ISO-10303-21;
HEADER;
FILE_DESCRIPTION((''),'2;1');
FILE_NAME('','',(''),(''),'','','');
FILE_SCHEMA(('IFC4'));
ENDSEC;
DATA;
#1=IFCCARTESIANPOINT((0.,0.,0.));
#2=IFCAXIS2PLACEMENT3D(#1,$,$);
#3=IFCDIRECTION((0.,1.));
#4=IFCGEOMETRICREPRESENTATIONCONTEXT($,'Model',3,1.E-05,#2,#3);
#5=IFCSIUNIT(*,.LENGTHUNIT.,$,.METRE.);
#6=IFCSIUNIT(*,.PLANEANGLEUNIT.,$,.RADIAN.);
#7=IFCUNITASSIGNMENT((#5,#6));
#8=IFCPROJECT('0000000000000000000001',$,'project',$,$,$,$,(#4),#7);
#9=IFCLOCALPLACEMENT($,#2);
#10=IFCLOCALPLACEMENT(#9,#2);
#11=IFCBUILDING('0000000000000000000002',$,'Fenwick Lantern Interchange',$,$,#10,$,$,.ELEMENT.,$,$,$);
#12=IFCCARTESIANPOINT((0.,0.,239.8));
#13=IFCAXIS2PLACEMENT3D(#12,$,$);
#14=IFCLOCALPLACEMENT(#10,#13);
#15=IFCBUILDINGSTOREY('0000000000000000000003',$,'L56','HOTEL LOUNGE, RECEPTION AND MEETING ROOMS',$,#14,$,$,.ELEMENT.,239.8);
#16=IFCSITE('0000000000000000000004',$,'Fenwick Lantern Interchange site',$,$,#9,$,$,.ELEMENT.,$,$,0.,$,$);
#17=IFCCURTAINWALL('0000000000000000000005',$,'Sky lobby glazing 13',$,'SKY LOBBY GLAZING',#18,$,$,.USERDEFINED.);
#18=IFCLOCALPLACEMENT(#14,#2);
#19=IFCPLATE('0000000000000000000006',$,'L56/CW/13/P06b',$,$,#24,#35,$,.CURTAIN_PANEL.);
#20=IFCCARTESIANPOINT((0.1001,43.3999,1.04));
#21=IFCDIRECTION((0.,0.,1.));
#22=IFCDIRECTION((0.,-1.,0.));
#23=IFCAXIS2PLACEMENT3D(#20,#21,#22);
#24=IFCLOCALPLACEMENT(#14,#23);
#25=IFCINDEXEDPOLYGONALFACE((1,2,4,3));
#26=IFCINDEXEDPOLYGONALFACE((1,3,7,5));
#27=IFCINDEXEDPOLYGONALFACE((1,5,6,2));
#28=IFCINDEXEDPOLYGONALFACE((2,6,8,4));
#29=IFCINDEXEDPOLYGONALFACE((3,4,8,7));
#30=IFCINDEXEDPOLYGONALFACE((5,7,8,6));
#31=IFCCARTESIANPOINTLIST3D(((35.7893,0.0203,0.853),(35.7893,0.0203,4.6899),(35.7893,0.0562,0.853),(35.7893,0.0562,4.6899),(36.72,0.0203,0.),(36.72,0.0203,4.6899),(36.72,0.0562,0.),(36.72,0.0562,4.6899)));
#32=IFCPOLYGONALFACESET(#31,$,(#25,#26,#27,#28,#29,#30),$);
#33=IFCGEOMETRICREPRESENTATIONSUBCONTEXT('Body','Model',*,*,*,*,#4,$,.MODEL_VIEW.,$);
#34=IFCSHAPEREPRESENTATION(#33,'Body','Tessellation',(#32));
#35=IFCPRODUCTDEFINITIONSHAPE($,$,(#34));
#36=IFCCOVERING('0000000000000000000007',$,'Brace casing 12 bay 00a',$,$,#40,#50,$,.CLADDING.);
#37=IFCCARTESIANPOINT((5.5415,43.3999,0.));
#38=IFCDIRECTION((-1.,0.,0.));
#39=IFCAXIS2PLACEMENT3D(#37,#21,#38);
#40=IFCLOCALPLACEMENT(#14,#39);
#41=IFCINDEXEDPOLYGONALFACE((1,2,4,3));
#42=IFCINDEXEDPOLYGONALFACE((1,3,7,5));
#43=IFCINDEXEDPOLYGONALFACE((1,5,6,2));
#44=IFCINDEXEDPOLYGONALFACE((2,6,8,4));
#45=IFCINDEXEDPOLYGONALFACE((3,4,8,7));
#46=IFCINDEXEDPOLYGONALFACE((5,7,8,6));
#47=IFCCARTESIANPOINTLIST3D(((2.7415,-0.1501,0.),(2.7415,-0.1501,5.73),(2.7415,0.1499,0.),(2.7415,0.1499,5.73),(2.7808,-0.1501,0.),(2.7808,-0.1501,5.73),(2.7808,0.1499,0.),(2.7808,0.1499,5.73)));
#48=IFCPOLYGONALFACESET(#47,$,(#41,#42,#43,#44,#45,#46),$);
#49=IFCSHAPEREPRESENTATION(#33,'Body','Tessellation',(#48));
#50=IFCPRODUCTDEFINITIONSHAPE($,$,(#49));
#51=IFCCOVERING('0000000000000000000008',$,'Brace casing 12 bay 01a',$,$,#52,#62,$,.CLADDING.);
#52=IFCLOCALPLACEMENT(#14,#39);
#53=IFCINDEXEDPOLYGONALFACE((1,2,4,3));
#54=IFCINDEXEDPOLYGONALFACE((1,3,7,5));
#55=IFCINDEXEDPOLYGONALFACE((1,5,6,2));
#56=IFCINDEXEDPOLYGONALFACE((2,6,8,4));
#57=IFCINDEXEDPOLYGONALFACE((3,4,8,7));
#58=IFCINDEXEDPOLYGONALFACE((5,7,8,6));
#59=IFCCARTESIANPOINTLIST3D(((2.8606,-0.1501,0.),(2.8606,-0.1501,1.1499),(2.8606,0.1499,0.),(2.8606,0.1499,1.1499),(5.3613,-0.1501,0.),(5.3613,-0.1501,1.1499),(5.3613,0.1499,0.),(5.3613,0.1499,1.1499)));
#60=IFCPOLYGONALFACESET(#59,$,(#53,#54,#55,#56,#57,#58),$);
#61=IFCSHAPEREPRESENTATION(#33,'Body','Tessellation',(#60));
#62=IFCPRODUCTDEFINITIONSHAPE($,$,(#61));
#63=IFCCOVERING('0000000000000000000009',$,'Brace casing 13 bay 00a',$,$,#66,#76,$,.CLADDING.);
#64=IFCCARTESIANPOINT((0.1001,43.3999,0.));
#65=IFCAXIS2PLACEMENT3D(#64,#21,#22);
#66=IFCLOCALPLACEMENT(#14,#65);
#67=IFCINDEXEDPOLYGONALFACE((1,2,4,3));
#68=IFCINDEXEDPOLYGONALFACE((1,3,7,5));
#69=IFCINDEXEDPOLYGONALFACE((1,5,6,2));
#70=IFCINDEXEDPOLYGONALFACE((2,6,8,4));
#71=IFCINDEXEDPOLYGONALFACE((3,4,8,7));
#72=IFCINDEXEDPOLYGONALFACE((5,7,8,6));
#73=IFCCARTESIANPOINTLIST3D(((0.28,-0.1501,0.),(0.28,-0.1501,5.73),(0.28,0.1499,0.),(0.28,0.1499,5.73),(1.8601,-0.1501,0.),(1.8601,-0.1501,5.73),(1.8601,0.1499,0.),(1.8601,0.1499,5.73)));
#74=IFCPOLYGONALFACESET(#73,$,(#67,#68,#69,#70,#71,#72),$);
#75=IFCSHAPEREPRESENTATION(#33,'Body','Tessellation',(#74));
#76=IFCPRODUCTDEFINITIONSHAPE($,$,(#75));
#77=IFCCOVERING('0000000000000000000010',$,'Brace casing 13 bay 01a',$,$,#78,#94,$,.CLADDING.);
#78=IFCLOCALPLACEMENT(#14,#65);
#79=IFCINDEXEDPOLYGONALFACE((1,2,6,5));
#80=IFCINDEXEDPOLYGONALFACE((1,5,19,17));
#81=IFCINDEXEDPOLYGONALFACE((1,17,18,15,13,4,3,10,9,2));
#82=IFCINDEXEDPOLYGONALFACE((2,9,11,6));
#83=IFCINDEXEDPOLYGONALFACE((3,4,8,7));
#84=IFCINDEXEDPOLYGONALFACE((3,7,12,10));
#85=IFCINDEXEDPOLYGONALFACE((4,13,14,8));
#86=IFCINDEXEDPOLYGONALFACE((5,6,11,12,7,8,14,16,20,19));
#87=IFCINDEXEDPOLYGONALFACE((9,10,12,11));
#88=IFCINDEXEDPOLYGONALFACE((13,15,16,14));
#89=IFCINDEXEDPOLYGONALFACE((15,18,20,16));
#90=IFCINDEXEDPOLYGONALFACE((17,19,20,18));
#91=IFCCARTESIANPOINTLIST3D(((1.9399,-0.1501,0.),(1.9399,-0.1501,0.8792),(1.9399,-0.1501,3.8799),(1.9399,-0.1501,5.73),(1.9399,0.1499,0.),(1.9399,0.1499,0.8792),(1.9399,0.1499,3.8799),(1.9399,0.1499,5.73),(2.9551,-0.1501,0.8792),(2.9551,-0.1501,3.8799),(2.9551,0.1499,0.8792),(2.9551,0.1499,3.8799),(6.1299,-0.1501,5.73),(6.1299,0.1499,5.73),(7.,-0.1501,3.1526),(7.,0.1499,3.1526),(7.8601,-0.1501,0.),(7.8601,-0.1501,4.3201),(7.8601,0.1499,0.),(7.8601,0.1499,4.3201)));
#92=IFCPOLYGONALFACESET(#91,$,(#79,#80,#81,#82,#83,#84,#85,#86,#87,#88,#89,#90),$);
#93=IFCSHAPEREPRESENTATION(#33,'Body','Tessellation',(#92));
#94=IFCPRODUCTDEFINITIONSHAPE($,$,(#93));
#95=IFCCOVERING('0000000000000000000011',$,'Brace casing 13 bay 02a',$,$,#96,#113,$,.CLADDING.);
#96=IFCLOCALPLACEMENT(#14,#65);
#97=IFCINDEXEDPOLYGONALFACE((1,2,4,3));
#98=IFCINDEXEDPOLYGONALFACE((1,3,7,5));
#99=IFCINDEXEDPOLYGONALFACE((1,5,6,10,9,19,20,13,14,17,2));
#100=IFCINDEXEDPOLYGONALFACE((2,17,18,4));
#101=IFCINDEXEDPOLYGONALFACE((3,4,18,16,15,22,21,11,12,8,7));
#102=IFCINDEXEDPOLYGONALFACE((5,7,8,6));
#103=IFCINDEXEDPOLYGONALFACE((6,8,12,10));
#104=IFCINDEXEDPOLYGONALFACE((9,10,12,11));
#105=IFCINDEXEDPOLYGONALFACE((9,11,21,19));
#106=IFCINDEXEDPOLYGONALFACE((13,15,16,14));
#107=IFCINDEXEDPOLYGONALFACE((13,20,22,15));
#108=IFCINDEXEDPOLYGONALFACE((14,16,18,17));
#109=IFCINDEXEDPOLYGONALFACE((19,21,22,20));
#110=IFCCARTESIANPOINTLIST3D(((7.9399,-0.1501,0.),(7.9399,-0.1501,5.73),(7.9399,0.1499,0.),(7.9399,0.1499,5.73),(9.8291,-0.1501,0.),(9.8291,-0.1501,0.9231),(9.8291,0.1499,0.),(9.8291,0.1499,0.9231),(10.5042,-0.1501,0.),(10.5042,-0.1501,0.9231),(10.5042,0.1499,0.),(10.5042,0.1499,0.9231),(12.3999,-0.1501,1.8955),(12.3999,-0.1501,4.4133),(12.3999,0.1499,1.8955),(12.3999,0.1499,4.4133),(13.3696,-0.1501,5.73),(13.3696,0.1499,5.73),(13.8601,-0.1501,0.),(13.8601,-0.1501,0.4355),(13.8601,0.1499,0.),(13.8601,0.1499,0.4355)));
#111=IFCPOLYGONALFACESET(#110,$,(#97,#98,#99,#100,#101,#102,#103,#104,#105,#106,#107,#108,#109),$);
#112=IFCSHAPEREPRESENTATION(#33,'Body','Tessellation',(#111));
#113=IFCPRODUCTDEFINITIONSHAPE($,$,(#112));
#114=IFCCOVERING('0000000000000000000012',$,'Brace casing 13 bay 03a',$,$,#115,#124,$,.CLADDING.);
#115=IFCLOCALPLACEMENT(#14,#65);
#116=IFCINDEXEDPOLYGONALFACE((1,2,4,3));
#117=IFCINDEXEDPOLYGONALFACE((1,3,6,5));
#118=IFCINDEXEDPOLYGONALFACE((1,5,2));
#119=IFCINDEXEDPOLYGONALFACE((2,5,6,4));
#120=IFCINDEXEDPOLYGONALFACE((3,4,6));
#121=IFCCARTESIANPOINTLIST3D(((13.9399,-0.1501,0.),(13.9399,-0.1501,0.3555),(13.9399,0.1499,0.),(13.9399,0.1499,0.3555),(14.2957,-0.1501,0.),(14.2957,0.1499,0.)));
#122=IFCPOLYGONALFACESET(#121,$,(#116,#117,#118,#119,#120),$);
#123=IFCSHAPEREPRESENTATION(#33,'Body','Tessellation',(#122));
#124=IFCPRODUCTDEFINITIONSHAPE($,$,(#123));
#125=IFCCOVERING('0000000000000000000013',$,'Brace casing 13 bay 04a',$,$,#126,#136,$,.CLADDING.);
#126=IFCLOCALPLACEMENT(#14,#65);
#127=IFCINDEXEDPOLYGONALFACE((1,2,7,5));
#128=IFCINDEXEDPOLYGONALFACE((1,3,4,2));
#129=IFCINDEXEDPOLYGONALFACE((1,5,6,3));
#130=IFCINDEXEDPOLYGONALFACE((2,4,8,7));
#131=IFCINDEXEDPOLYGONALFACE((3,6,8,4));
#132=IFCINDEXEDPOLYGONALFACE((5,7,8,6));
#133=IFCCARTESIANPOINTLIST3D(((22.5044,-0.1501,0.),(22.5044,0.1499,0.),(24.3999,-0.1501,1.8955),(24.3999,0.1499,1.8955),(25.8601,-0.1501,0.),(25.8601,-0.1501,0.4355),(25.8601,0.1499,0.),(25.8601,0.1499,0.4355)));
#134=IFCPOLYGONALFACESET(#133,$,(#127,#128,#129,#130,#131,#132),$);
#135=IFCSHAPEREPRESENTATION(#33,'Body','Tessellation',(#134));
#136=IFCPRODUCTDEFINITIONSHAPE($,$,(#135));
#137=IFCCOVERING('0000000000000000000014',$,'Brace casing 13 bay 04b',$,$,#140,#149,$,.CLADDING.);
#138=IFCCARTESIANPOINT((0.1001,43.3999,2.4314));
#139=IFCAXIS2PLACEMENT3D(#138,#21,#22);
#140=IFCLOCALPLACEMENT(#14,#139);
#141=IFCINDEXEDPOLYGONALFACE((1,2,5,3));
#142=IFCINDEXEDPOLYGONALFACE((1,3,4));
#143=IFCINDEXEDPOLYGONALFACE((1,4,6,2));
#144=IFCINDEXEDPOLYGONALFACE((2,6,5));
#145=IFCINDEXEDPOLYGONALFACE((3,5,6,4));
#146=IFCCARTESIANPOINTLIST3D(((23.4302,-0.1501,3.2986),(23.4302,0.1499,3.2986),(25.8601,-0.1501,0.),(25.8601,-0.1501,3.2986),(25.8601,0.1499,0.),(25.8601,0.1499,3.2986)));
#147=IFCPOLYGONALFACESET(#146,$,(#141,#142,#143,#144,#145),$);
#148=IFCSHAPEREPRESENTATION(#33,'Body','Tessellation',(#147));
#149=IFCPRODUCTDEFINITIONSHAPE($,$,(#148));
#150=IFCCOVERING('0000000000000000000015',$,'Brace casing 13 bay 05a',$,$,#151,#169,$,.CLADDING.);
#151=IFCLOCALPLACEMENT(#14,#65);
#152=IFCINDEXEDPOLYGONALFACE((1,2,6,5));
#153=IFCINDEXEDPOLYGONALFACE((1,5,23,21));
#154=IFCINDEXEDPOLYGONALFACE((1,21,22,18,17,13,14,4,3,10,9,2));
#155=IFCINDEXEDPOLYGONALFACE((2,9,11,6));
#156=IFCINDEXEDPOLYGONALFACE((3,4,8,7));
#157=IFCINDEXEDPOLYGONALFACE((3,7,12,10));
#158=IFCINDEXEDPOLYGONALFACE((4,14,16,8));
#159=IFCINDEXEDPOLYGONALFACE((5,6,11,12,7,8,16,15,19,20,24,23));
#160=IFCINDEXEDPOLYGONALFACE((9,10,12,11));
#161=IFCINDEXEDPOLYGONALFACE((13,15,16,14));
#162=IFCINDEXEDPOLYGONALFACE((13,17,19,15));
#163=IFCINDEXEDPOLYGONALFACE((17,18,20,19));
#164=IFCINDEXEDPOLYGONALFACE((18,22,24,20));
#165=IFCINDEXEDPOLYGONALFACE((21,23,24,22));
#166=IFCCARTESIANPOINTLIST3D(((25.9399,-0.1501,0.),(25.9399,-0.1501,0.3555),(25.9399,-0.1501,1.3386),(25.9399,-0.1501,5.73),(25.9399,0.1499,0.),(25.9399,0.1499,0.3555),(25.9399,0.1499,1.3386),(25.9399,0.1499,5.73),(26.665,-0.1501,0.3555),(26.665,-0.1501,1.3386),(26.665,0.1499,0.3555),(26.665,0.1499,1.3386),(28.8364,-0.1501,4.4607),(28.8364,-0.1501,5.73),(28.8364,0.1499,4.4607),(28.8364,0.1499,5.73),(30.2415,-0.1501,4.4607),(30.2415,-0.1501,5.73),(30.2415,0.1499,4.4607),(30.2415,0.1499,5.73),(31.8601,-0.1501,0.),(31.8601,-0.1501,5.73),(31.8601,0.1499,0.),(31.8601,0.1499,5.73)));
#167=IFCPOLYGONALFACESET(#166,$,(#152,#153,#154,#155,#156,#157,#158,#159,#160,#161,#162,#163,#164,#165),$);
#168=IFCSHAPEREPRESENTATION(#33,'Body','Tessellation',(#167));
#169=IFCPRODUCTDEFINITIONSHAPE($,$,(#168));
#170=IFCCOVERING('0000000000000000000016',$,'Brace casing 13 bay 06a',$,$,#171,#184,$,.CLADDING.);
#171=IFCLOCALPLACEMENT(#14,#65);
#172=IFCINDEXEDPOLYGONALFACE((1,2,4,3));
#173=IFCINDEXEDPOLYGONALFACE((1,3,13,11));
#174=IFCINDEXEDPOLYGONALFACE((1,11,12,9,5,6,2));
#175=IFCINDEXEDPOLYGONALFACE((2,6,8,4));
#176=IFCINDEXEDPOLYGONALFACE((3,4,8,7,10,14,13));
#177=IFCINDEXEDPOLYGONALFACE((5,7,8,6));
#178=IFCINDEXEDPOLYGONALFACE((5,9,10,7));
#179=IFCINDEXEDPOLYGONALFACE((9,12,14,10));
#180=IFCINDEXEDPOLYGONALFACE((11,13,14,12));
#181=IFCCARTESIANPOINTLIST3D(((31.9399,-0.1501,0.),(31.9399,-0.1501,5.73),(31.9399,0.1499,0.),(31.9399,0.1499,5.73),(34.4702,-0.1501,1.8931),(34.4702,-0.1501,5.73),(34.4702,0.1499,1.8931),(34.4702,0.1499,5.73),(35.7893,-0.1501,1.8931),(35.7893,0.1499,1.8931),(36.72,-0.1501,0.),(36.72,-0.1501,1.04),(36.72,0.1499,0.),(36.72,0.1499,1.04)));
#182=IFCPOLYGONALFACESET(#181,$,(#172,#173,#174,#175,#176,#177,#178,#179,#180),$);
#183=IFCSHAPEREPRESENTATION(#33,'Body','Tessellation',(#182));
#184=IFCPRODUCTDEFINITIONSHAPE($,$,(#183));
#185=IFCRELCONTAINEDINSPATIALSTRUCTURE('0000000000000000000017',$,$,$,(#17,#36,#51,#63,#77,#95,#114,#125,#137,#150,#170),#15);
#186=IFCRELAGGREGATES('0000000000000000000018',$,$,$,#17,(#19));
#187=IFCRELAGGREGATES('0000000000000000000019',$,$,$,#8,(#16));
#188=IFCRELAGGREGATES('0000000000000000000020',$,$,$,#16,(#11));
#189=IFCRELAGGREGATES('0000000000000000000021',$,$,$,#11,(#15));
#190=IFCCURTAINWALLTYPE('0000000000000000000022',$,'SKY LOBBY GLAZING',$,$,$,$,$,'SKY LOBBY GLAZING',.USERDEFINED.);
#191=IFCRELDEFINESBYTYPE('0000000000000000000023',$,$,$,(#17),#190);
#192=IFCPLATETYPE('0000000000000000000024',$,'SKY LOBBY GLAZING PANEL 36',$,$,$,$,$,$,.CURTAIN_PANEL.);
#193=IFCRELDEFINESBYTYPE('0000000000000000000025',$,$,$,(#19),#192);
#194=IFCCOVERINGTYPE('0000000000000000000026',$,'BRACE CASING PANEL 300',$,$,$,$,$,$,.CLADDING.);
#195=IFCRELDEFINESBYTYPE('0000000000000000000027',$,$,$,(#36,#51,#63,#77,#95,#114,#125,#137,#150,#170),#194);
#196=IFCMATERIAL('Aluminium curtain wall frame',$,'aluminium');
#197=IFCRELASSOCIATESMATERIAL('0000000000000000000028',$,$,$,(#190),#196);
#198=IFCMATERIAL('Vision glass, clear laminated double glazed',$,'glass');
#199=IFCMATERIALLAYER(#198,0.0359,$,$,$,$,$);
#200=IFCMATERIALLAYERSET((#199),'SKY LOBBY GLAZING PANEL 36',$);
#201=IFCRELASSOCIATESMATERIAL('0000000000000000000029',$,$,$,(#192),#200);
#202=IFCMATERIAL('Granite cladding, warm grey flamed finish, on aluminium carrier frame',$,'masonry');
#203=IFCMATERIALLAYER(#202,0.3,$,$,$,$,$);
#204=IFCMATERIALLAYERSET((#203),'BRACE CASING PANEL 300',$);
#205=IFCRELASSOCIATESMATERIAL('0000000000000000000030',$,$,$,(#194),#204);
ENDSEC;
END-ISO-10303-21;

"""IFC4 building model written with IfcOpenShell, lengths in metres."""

from ifc_helpers import new_model, si_unit, direction, frame, origin, place, context, subcontext, project, spatial, polyline, outline, extrude, material, layer, layer_set, type_object, element, aggregate, save


model = new_model("IFC4")

# Units and contexts
model_context = context("Model", 3, precision=1e-05, world=origin(), true_north=direction((0.0, 1.0)))
body_context = subcontext(model_context, "Body", "Model", "MODEL_VIEW")
ifc_project = project(units=[si_unit("LENGTHUNIT", "METRE"), si_unit("PLANEANGLEUNIT", "RADIAN")], contexts=[model_context])

# Site, building, storey
site_placement = place(None, origin())
site = spatial("IfcSite", under=ifc_project, at=site_placement, Name="Fenwick Lantern Interchange site", CompositionType="ELEMENT", RefElevation=0.0)
building_placement = place(site_placement, origin())
building = spatial("IfcBuilding", under=site, at=building_placement, Name="Fenwick Lantern Interchange", CompositionType="ELEMENT")
storey_placement = place(building_placement, frame((0.0, 0.0, 239.8)))
storey = spatial("IfcBuildingStorey", under=building, at=storey_placement, Name="L56", Description="HOTEL LOUNGE, RECEPTION AND MEETING ROOMS", CompositionType="ELEMENT", Elevation=239.8)

# Shared definitions
ifc_material_1 = material(Name="Aluminium curtain wall frame", Category="aluminium")
curtain_wall_type = type_object("IfcCurtainWallType", Name="SKY LOBBY GLAZING", ElementType="SKY LOBBY GLAZING", PredefinedType="USERDEFINED", material=ifc_material_1)

# Curtain wall
curtain_wall_1_placement = place(storey_placement, origin())
curtain_wall_1 = element("IfcCurtainWall", 1, at=curtain_wall_1_placement, inside=storey, type_object=curtain_wall_type, Name="Sky lobby glazing 13", ObjectType="SKY LOBBY GLAZING", PredefinedType="USERDEFINED")

# Plate
ifc_material_2 = material(Name="Vision glass, clear laminated double glazed", Category="glass")
ifc_layer_1 = layer(ifc_material_2, 0.0359)
ifc_layer_set_1 = layer_set([ifc_layer_1], Name="SKY LOBBY GLAZING PANEL 36")
plate_type = type_object("IfcPlateType", Name="SKY LOBBY GLAZING PANEL 36", PredefinedType="CURTAIN_PANEL", material=ifc_layer_set_1)
plate_1_placement = place(storey_placement, frame((0.1001, 43.3999, 1.04), z_axis=(0.0, 0.0, 1.0), x_axis=(0.0, -1.0, 0.0)))
plate_1 = element("IfcPlate", 2, at=plate_1_placement, type_object=plate_type, Name="L56/CW/13/P06b", PredefinedType="CURTAIN_PANEL", context=body_context, shape_type="SweptSolid", body=[
    extrude(outline(polyline([(36.72, 0.0), (36.72, 4.6899), (35.7893, 4.6899), (35.7893, 0.853), (36.72, 0.0)])), frame((0.0, 0.0562, 0.0), z_axis=(0.0, -1.0, 0.0), x_axis=(1.0, 0.0, 0.0)), (0.0, 0.0, 1.0), 0.0359),
])
aggregate(curtain_wall_1, [plate_1])

# Coverings
ifc_material_3 = material(Name="Granite cladding, warm grey flamed finish, on aluminium carrier frame", Category="masonry")
ifc_layer_2 = layer(ifc_material_3, 0.3)
ifc_layer_set_2 = layer_set([ifc_layer_2], Name="BRACE CASING PANEL 300")
covering_type = type_object("IfcCoveringType", Name="BRACE CASING PANEL 300", PredefinedType="CLADDING", material=ifc_layer_set_2)
covering_1_placement = place(storey_placement, frame((5.5415, 43.3999, 0.0), z_axis=(0.0, 0.0, 1.0), x_axis=(-1.0, 0.0, 0.0)))
element("IfcCovering", 3, at=covering_1_placement, inside=storey, type_object=covering_type, Name="Brace casing 12 bay 00a", PredefinedType="CLADDING", context=body_context, shape_type="SweptSolid", body=[
    extrude(outline(polyline([(2.7415, 0.0), (2.7808, 0.0), (2.7808, 5.73), (2.7415, 5.73), (2.7415, 0.0)])), frame((0.0, 0.1499, 0.0), z_axis=(0.0, -1.0, 0.0), x_axis=(1.0, 0.0, 0.0)), (0.0, 0.0, 1.0), 0.3),
])
covering_2_placement = place(storey_placement, frame((5.5415, 43.3999, 0.0), z_axis=(0.0, 0.0, 1.0), x_axis=(-1.0, 0.0, 0.0)))
element("IfcCovering", 4, at=covering_2_placement, inside=storey, type_object=covering_type, Name="Brace casing 12 bay 01a", PredefinedType="CLADDING", context=body_context, shape_type="SweptSolid", body=[
    extrude(outline(polyline([(2.8606, 0.0), (5.3613, 0.0), (5.3613, 1.1499), (2.8606, 1.1499), (2.8606, 0.0)])), frame((0.0, 0.1499, 0.0), z_axis=(0.0, -1.0, 0.0), x_axis=(1.0, 0.0, 0.0)), (0.0, 0.0, 1.0), 0.3),
])
covering_3_placement = place(storey_placement, frame((0.1001, 43.3999, 0.0), z_axis=(0.0, 0.0, 1.0), x_axis=(0.0, -1.0, 0.0)))
element("IfcCovering", 5, at=covering_3_placement, inside=storey, type_object=covering_type, Name="Brace casing 13 bay 00a", PredefinedType="CLADDING", context=body_context, shape_type="SweptSolid", body=[
    extrude(outline(polyline([(0.28, 0.0), (1.8601, 0.0), (1.8601, 5.73), (0.28, 5.73), (0.28, 0.0)])), frame((0.0, 0.1499, 0.0), z_axis=(0.0, -1.0, 0.0), x_axis=(1.0, 0.0, 0.0)), (0.0, 0.0, 1.0), 0.3),
])
covering_4_placement = place(storey_placement, frame((0.1001, 43.3999, 0.0), z_axis=(0.0, 0.0, 1.0), x_axis=(0.0, -1.0, 0.0)))
element("IfcCovering", 6, at=covering_4_placement, inside=storey, type_object=covering_type, Name="Brace casing 13 bay 01a", PredefinedType="CLADDING", context=body_context, shape_type="SweptSolid", body=[
    extrude(outline(polyline([(1.9399, 0.0), (7.8601, 0.0), (7.8601, 4.3201), (7.0, 3.1526), (6.1299, 5.73), (1.9399, 5.73), (1.9399, 3.8799), (2.9551, 3.8799), (2.9551, 0.8792), (1.9399, 0.8792), (1.9399, 0.0)])), frame((0.0, 0.1499, 0.0), z_axis=(0.0, -1.0, 0.0), x_axis=(1.0, 0.0, 0.0)), (0.0, 0.0, 1.0), 0.3),
])
covering_5_placement = place(storey_placement, frame((0.1001, 43.3999, 0.0), z_axis=(0.0, 0.0, 1.0), x_axis=(0.0, -1.0, 0.0)))
element("IfcCovering", 7, at=covering_5_placement, inside=storey, type_object=covering_type, Name="Brace casing 13 bay 02a", PredefinedType="CLADDING", context=body_context, shape_type="SweptSolid", body=[
    extrude(outline(polyline([(7.9399, 0.0), (9.8291, 0.0), (9.8291, 0.9231), (10.5042, 0.9231), (10.5042, 0.0), (13.8601, 0.0), (13.8601, 0.4355), (12.3999, 1.8955), (12.3999, 4.4133), (13.3696, 5.73), (7.9399, 5.73), (7.9399, 0.0)])), frame((0.0, 0.1499, 0.0), z_axis=(0.0, -1.0, 0.0), x_axis=(1.0, 0.0, 0.0)), (0.0, 0.0, 1.0), 0.3),
])
covering_6_placement = place(storey_placement, frame((0.1001, 43.3999, 0.0), z_axis=(0.0, 0.0, 1.0), x_axis=(0.0, -1.0, 0.0)))
element("IfcCovering", 8, at=covering_6_placement, inside=storey, type_object=covering_type, Name="Brace casing 13 bay 03a", PredefinedType="CLADDING", context=body_context, shape_type="SweptSolid", body=[
    extrude(outline(polyline([(13.9399, 0.0), (14.2957, 0.0), (13.9399, 0.3555), (13.9399, 0.0)])), frame((0.0, 0.1499, 0.0), z_axis=(0.0, -1.0, 0.0), x_axis=(1.0, 0.0, 0.0)), (0.0, 0.0, 1.0), 0.3),
])
covering_7_placement = place(storey_placement, frame((0.1001, 43.3999, 0.0), z_axis=(0.0, 0.0, 1.0), x_axis=(0.0, -1.0, 0.0)))
element("IfcCovering", 9, at=covering_7_placement, inside=storey, type_object=covering_type, Name="Brace casing 13 bay 04a", PredefinedType="CLADDING", context=body_context, shape_type="SweptSolid", body=[
    extrude(outline(polyline([(22.5044, 0.0), (25.8601, 0.0), (25.8601, 0.4355), (24.3999, 1.8955), (22.5044, 0.0)])), frame((0.0, 0.1499, 0.0), z_axis=(0.0, -1.0, 0.0), x_axis=(1.0, 0.0, 0.0)), (0.0, 0.0, 1.0), 0.3),
])
covering_8_placement = place(storey_placement, frame((0.1001, 43.3999, 2.4314), z_axis=(0.0, 0.0, 1.0), x_axis=(0.0, -1.0, 0.0)))
element("IfcCovering", 10, at=covering_8_placement, inside=storey, type_object=covering_type, Name="Brace casing 13 bay 04b", PredefinedType="CLADDING", context=body_context, shape_type="SweptSolid", body=[
    extrude(outline(polyline([(25.8601, 0.0), (25.8601, 3.2986), (23.4302, 3.2986), (25.8601, 0.0)])), frame((0.0, 0.1499, 0.0), z_axis=(0.0, -1.0, 0.0), x_axis=(1.0, 0.0, 0.0)), (0.0, 0.0, 1.0), 0.3),
])
covering_9_placement = place(storey_placement, frame((0.1001, 43.3999, 0.0), z_axis=(0.0, 0.0, 1.0), x_axis=(0.0, -1.0, 0.0)))
element("IfcCovering", 11, at=covering_9_placement, inside=storey, type_object=covering_type, Name="Brace casing 13 bay 05a", PredefinedType="CLADDING", context=body_context, shape_type="SweptSolid", body=[
    extrude(outline(polyline([(25.9399, 0.0), (31.8601, 0.0), (31.8601, 5.73), (30.2415, 5.73), (30.2415, 4.4607), (28.8364, 4.4607), (28.8364, 5.73), (25.9399, 5.73), (25.9399, 1.3386), (26.665, 1.3386), (26.665, 0.3555), (25.9399, 0.3555), (25.9399, 0.0)])), frame((0.0, 0.1499, 0.0), z_axis=(0.0, -1.0, 0.0), x_axis=(1.0, 0.0, 0.0)), (0.0, 0.0, 1.0), 0.3),
])
covering_10_placement = place(storey_placement, frame((0.1001, 43.3999, 0.0), z_axis=(0.0, 0.0, 1.0), x_axis=(0.0, -1.0, 0.0)))
element("IfcCovering", 12, at=covering_10_placement, inside=storey, type_object=covering_type, Name="Brace casing 13 bay 06a", PredefinedType="CLADDING", context=body_context, shape_type="SweptSolid", body=[
    extrude(outline(polyline([(31.9399, 0.0), (36.72, 0.0), (36.72, 1.04), (35.7893, 1.8931), (34.4702, 1.8931), (34.4702, 5.73), (31.9399, 5.73), (31.9399, 0.0)])), frame((0.0, 0.1499, 0.0), z_axis=(0.0, -1.0, 0.0), x_axis=(1.0, 0.0, 0.0)), (0.0, 0.0, 1.0), 0.3),
])

save(model, "model.ifc")
